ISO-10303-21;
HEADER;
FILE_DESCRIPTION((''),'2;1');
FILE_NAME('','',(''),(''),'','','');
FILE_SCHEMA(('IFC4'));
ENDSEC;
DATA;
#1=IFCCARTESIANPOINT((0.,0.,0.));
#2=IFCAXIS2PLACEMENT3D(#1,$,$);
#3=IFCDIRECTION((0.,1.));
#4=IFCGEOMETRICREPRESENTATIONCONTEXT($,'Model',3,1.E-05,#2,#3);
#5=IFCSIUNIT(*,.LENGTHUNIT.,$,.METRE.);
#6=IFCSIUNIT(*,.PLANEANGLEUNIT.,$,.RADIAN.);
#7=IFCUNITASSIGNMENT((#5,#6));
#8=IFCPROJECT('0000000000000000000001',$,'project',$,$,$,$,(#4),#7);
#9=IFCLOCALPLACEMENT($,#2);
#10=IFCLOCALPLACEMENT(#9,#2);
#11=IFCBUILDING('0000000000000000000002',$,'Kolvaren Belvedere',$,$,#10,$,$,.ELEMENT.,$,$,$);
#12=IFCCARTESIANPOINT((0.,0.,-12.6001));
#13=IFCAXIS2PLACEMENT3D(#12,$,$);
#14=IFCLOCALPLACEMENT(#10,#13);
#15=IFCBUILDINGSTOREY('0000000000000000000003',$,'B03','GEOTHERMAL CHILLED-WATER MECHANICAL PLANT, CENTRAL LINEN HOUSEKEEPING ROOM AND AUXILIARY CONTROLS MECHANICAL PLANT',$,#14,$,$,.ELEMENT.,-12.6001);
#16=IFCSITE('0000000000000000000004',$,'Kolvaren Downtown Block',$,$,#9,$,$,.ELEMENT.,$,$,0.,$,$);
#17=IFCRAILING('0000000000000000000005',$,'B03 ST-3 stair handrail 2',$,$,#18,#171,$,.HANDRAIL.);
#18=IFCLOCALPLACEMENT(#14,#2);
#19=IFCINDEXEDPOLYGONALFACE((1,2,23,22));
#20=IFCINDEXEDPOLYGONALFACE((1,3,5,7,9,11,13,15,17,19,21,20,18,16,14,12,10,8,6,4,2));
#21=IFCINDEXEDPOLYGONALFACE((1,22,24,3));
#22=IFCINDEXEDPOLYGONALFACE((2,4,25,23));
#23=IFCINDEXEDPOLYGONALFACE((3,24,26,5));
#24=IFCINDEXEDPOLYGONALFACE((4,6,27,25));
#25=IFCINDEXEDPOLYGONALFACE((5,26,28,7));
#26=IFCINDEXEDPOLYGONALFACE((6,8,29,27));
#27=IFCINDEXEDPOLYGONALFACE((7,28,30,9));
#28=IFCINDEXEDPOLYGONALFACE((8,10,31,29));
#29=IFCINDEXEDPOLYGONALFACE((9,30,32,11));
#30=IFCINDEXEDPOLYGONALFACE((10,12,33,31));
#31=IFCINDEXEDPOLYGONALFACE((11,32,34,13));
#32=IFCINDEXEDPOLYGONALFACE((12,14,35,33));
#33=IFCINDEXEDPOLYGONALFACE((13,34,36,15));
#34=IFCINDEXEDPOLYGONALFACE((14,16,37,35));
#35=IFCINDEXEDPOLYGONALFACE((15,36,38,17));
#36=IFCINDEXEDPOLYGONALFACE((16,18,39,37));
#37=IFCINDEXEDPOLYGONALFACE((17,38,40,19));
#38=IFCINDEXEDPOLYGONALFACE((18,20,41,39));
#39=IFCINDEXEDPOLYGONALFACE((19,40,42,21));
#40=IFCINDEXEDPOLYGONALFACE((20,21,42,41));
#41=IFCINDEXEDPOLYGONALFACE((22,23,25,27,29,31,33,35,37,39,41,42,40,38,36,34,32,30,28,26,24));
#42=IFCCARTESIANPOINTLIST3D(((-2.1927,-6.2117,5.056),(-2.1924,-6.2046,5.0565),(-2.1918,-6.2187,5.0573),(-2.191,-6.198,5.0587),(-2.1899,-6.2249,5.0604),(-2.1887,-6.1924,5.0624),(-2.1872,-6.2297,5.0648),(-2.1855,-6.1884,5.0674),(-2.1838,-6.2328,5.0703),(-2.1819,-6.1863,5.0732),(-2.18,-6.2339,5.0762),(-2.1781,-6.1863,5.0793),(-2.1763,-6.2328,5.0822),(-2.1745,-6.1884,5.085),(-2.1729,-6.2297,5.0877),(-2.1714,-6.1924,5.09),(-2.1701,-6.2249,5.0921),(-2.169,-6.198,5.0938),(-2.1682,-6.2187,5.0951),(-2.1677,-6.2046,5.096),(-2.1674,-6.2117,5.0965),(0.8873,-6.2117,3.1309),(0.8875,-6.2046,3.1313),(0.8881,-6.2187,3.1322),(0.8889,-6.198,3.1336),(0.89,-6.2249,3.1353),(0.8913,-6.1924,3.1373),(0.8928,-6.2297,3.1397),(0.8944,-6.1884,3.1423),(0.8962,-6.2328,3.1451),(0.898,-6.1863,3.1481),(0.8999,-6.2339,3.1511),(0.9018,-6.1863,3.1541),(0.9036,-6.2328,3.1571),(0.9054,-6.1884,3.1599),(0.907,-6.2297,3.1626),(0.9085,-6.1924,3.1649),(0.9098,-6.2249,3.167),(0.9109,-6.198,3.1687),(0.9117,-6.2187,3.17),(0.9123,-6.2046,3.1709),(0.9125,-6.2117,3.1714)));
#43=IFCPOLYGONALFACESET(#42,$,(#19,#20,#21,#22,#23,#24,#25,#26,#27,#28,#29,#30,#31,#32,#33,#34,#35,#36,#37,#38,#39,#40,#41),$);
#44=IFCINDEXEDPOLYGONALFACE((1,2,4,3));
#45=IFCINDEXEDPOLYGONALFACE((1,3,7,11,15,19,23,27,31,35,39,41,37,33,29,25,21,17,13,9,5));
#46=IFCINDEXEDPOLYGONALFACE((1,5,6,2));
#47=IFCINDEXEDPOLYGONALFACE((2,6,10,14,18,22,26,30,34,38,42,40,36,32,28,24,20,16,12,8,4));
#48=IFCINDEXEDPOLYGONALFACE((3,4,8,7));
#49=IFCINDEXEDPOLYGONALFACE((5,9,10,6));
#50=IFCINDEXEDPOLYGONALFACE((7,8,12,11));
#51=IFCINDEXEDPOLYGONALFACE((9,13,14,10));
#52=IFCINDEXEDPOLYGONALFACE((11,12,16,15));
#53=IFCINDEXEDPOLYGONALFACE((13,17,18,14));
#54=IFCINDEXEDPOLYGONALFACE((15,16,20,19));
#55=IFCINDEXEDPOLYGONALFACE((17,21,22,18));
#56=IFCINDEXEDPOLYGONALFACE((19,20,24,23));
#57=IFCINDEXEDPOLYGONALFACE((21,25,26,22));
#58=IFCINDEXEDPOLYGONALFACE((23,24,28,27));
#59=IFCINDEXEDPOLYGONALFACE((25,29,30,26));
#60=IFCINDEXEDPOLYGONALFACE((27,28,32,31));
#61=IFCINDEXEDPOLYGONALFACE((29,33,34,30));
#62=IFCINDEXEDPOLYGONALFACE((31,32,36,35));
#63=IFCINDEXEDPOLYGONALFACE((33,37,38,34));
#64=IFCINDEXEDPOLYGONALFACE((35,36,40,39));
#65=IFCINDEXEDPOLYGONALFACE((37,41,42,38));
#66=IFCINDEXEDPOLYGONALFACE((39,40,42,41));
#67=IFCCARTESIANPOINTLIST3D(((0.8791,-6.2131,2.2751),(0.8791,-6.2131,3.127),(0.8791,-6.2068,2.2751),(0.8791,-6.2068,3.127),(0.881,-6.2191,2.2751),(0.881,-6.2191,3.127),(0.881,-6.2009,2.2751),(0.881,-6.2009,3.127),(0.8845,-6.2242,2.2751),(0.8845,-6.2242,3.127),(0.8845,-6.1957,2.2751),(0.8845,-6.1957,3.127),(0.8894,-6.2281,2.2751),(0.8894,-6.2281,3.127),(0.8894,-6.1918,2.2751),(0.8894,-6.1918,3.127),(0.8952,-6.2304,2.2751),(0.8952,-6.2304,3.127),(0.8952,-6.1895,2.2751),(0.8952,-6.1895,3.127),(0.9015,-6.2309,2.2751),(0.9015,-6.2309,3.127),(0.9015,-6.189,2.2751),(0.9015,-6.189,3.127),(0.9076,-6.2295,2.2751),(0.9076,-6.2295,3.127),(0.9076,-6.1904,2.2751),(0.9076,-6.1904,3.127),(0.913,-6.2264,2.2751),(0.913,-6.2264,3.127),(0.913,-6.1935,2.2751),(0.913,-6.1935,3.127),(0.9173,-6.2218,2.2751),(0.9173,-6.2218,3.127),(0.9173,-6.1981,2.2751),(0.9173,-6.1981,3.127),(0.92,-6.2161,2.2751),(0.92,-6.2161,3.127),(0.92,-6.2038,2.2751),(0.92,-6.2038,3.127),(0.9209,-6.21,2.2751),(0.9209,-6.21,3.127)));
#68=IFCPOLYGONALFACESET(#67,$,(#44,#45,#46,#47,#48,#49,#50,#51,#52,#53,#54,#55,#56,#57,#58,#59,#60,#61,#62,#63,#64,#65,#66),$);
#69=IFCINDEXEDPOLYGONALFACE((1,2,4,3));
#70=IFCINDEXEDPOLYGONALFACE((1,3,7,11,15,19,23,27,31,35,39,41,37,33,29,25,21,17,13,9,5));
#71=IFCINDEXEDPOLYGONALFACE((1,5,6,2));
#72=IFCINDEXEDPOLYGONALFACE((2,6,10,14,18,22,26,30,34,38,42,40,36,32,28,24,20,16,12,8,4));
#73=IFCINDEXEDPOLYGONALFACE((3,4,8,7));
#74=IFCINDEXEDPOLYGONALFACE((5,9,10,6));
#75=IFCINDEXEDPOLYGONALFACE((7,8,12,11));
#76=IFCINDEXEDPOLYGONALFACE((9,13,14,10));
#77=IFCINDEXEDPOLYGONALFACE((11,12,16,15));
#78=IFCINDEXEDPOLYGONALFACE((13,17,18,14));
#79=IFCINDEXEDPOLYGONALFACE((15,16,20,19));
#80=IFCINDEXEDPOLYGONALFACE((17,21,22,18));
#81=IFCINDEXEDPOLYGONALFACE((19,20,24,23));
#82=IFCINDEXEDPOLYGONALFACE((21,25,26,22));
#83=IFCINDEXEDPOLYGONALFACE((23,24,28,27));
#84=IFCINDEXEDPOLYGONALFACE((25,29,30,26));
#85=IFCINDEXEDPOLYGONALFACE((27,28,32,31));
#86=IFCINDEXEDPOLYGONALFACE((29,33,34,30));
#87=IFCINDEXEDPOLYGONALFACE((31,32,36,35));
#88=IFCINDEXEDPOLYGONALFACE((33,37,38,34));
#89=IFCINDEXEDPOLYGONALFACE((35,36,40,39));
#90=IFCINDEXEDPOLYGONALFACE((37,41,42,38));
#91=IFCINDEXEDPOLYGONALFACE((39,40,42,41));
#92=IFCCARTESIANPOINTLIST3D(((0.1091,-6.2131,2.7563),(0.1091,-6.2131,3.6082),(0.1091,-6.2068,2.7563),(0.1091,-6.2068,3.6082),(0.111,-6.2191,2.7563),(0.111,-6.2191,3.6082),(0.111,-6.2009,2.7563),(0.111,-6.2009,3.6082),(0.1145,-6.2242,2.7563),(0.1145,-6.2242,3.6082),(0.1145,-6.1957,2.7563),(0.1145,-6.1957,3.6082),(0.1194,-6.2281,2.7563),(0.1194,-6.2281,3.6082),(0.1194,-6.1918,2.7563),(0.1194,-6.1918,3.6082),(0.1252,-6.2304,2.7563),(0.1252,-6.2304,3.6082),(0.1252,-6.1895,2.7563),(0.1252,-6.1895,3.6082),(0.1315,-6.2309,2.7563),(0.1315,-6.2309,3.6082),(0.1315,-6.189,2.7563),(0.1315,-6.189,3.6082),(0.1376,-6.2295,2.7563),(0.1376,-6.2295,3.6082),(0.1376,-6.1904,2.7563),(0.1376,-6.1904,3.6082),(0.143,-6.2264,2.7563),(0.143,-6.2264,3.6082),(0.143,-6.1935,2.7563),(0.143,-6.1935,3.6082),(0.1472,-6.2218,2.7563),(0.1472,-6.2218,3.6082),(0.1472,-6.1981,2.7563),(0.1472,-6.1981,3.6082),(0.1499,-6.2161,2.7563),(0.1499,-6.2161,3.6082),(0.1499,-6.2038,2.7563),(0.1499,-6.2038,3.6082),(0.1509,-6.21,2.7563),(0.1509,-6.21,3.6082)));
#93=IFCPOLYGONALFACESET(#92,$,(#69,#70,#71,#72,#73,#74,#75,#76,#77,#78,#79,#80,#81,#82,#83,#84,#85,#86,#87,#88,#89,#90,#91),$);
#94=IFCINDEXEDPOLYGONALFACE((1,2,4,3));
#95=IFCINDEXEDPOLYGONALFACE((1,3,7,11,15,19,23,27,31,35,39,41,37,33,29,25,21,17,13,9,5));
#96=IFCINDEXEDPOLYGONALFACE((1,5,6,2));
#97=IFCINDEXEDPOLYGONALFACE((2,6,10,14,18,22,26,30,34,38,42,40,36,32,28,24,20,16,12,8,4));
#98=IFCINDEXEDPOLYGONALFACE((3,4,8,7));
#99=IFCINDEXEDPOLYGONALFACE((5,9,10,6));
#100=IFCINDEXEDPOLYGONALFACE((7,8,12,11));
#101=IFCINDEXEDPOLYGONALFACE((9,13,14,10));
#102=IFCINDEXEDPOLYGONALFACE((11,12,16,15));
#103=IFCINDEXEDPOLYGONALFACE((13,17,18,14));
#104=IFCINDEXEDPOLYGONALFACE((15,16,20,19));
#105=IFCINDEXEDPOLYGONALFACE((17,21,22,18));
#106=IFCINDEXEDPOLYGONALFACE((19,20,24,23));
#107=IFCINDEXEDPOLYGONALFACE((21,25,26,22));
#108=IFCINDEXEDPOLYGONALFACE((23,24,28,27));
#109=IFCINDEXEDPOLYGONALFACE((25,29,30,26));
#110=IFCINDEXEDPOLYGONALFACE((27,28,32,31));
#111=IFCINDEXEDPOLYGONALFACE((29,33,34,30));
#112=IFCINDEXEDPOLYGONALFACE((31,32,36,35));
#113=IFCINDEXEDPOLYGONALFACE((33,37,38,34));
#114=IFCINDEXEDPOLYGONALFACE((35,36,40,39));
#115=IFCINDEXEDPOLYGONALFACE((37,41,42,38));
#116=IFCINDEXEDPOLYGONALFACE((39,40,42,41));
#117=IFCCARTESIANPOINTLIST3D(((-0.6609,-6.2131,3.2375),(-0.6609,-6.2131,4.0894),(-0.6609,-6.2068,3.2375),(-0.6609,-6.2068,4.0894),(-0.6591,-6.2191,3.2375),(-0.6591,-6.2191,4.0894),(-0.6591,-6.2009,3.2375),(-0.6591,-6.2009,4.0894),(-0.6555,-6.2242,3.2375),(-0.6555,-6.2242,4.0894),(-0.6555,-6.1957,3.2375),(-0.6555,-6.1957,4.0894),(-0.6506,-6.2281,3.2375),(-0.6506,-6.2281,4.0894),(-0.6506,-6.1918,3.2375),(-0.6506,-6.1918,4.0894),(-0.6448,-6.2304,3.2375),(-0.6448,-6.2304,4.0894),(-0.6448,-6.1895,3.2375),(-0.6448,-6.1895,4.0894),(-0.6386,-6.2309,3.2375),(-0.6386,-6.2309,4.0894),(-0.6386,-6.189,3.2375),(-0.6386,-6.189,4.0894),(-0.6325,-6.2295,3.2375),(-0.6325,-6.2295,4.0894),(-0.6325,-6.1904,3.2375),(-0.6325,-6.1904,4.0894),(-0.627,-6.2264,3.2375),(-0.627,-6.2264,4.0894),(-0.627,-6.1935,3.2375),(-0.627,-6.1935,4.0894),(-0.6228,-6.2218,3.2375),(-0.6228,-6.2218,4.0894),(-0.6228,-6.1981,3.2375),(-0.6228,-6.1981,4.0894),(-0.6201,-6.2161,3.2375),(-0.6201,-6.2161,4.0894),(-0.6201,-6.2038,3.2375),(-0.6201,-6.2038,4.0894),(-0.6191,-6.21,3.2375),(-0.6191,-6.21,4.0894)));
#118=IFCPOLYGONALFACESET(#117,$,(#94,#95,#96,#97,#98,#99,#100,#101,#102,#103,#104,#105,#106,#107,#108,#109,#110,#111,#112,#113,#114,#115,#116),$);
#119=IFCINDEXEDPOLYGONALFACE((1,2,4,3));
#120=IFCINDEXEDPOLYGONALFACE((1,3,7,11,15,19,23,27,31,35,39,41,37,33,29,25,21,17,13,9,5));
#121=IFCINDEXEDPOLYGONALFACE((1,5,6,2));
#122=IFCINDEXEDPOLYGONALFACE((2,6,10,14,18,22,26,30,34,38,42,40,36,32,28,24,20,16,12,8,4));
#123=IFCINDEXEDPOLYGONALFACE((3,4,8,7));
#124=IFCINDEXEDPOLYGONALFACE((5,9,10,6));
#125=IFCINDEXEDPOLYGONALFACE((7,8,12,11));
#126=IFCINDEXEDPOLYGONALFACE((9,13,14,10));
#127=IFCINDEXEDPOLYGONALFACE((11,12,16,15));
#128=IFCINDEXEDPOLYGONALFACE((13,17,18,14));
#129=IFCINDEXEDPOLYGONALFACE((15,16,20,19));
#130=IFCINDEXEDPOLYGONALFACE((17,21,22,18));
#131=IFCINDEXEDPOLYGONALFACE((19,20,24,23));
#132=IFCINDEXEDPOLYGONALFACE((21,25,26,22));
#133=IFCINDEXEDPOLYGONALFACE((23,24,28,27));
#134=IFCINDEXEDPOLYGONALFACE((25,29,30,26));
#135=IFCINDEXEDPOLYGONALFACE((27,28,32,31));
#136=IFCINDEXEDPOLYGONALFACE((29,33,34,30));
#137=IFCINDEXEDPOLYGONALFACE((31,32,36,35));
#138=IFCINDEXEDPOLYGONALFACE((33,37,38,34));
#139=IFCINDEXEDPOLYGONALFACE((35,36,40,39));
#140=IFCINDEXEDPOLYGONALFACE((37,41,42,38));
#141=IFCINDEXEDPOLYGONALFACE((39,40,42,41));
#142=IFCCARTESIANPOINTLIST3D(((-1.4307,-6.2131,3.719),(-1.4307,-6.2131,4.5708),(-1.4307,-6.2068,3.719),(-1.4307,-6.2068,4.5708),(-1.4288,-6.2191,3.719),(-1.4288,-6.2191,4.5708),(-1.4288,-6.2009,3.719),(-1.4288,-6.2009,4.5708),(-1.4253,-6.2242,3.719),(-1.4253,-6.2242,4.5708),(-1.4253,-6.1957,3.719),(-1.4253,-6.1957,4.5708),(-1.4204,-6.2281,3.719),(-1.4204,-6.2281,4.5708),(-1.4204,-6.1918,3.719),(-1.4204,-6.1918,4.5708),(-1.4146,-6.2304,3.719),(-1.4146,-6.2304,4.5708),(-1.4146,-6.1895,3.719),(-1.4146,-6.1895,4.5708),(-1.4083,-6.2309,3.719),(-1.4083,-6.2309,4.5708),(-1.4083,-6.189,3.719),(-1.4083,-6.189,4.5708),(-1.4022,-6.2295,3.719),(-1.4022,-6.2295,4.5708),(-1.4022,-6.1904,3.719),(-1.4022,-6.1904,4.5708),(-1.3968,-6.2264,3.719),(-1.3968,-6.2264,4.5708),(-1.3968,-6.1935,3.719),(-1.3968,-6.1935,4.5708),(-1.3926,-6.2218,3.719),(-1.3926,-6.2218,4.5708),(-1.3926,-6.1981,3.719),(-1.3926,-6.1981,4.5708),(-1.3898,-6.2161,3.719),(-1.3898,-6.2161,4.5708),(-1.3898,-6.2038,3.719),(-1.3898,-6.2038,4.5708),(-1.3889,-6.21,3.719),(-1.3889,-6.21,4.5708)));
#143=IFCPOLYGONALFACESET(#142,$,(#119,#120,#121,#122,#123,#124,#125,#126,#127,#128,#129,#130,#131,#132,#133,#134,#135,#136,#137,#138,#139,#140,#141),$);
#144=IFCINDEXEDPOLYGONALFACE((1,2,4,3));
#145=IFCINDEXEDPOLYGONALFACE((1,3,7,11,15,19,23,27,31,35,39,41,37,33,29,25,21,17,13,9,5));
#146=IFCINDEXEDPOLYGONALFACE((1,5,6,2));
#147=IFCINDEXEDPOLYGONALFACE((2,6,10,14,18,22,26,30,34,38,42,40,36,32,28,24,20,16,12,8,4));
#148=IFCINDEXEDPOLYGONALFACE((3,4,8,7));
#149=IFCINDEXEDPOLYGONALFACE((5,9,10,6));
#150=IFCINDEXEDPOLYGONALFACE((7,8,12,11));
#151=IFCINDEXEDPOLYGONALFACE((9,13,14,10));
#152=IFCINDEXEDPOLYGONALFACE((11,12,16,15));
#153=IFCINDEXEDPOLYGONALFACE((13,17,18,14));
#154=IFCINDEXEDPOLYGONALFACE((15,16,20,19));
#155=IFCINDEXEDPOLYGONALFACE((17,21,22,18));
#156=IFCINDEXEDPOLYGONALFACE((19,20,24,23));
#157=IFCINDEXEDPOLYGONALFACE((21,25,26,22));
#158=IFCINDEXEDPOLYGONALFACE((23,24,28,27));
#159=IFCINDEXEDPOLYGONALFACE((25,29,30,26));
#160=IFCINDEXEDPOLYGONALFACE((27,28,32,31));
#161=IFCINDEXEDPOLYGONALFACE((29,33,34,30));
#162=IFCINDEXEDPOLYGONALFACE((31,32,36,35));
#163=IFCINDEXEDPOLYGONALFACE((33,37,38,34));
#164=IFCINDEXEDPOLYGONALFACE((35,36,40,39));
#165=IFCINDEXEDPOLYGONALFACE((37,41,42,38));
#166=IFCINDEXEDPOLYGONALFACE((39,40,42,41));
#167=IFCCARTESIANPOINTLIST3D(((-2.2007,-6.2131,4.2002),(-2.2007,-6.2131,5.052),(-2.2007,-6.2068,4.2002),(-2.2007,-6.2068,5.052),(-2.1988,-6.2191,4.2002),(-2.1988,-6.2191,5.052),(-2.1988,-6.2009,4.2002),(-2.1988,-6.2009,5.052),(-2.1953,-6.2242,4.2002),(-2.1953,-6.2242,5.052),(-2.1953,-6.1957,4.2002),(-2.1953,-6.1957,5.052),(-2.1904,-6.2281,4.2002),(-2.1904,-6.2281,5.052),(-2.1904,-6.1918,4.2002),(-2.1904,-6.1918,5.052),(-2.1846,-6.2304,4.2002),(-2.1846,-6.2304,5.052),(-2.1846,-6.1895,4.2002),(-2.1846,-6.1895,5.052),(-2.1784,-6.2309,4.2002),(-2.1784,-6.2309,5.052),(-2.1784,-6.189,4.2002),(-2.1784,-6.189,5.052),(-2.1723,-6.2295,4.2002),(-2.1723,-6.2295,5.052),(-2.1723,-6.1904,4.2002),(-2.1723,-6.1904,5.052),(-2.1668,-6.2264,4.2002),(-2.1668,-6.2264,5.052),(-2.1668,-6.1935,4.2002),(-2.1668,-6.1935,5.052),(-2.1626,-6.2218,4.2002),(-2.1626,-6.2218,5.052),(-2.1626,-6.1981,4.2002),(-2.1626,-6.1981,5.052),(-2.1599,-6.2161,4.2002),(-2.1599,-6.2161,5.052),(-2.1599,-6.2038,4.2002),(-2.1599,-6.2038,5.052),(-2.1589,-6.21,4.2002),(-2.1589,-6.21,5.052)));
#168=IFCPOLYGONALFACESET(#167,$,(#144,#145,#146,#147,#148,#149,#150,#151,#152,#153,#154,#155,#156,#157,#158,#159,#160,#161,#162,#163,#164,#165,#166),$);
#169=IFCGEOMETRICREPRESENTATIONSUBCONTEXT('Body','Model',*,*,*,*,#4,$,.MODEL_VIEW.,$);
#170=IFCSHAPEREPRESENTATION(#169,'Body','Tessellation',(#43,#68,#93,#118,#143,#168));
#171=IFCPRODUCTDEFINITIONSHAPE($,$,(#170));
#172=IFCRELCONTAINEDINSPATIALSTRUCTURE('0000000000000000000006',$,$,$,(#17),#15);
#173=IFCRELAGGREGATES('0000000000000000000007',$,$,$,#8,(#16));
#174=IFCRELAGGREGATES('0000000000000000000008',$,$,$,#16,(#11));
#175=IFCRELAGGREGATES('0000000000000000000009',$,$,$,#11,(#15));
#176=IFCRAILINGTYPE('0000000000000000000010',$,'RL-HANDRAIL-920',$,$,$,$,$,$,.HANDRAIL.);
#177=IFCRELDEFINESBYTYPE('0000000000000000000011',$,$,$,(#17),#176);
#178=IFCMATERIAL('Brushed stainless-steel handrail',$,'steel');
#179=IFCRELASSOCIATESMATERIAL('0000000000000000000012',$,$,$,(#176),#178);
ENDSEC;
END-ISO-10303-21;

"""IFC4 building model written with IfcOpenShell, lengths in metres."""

from ifc_helpers import new_model, si_unit, direction, frame, origin, origin_2d, place, context, subcontext, project, spatial, circle, extrude, material, type_object, element, save


model = new_model("IFC4")

# Units and contexts
model_context = context("Model", 3, precision=1e-05, world=origin(), true_north=direction((0.0, 1.0)))
body_context = subcontext(model_context, "Body", "Model", "MODEL_VIEW")
ifc_project = project(units=[si_unit("LENGTHUNIT", "METRE"), si_unit("PLANEANGLEUNIT", "RADIAN")], contexts=[model_context])

# Site, building, storey
site_placement = place(None, origin())
site = spatial("IfcSite", under=ifc_project, at=site_placement, Name="Kolvaren Downtown Block", CompositionType="ELEMENT", RefElevation=0.0)
building_placement = place(site_placement, origin())
building = spatial("IfcBuilding", under=site, at=building_placement, Name="Kolvaren Belvedere", CompositionType="ELEMENT")
storey_placement = place(building_placement, frame((0.0, 0.0, -12.6001)))
storey = spatial("IfcBuildingStorey", under=building, at=storey_placement, Name="B03", Description="GEOTHERMAL CHILLED-WATER MECHANICAL PLANT, CENTRAL LINEN HOUSEKEEPING ROOM AND AUXILIARY CONTROLS MECHANICAL PLANT", CompositionType="ELEMENT", Elevation=-12.6001)

# Railing
ifc_material_1 = material(Name="Brushed stainless-steel handrail", Category="steel")
railing_type_1 = type_object("IfcRailingType", Name="RL-HANDRAIL-920", PredefinedType="HANDRAIL", material=ifc_material_1)
railing_1_placement = place(storey_placement, frame((0.8999, -6.21, 2.2751)))
element("IfcRailing", 1, at=railing_1_placement, inside=storey, type_object=railing_type_1, Name="B03 ST-3 stair handrail 2", PredefinedType="HANDRAIL", context=body_context, shape_type="SweptSolid", body=[
    extrude(circle(Radius=0.0239, at=origin_2d()), frame((0.0, 0.0, 0.876), z_axis=(-0.847979, 0.0, 0.530029), x_axis=(0.0, -1.0, 0.0)), (0.0, 0.0, 1.0), 3.6321),
    extrude(circle(Radius=0.021, at=origin_2d()), origin(), (0.0, 0.0, 1.0), 0.8518),
    extrude(circle(Radius=0.021, at=origin_2d()), frame((-0.77, 0.0, 0.4812)), (0.0, 0.0, 1.0), 0.8518),
    extrude(circle(Radius=0.021, at=origin_2d()), frame((-1.54, 0.0, 0.9624)), (0.0, 0.0, 1.0), 0.8518),
    extrude(circle(Radius=0.021, at=origin_2d()), frame((-2.3098, 0.0, 1.4438)), (0.0, 0.0, 1.0), 0.8518),
    extrude(circle(Radius=0.021, at=origin_2d()), frame((-3.0798, 0.0, 1.925)), (0.0, 0.0, 1.0), 0.8518),
])

save(model, "model.ifc")
